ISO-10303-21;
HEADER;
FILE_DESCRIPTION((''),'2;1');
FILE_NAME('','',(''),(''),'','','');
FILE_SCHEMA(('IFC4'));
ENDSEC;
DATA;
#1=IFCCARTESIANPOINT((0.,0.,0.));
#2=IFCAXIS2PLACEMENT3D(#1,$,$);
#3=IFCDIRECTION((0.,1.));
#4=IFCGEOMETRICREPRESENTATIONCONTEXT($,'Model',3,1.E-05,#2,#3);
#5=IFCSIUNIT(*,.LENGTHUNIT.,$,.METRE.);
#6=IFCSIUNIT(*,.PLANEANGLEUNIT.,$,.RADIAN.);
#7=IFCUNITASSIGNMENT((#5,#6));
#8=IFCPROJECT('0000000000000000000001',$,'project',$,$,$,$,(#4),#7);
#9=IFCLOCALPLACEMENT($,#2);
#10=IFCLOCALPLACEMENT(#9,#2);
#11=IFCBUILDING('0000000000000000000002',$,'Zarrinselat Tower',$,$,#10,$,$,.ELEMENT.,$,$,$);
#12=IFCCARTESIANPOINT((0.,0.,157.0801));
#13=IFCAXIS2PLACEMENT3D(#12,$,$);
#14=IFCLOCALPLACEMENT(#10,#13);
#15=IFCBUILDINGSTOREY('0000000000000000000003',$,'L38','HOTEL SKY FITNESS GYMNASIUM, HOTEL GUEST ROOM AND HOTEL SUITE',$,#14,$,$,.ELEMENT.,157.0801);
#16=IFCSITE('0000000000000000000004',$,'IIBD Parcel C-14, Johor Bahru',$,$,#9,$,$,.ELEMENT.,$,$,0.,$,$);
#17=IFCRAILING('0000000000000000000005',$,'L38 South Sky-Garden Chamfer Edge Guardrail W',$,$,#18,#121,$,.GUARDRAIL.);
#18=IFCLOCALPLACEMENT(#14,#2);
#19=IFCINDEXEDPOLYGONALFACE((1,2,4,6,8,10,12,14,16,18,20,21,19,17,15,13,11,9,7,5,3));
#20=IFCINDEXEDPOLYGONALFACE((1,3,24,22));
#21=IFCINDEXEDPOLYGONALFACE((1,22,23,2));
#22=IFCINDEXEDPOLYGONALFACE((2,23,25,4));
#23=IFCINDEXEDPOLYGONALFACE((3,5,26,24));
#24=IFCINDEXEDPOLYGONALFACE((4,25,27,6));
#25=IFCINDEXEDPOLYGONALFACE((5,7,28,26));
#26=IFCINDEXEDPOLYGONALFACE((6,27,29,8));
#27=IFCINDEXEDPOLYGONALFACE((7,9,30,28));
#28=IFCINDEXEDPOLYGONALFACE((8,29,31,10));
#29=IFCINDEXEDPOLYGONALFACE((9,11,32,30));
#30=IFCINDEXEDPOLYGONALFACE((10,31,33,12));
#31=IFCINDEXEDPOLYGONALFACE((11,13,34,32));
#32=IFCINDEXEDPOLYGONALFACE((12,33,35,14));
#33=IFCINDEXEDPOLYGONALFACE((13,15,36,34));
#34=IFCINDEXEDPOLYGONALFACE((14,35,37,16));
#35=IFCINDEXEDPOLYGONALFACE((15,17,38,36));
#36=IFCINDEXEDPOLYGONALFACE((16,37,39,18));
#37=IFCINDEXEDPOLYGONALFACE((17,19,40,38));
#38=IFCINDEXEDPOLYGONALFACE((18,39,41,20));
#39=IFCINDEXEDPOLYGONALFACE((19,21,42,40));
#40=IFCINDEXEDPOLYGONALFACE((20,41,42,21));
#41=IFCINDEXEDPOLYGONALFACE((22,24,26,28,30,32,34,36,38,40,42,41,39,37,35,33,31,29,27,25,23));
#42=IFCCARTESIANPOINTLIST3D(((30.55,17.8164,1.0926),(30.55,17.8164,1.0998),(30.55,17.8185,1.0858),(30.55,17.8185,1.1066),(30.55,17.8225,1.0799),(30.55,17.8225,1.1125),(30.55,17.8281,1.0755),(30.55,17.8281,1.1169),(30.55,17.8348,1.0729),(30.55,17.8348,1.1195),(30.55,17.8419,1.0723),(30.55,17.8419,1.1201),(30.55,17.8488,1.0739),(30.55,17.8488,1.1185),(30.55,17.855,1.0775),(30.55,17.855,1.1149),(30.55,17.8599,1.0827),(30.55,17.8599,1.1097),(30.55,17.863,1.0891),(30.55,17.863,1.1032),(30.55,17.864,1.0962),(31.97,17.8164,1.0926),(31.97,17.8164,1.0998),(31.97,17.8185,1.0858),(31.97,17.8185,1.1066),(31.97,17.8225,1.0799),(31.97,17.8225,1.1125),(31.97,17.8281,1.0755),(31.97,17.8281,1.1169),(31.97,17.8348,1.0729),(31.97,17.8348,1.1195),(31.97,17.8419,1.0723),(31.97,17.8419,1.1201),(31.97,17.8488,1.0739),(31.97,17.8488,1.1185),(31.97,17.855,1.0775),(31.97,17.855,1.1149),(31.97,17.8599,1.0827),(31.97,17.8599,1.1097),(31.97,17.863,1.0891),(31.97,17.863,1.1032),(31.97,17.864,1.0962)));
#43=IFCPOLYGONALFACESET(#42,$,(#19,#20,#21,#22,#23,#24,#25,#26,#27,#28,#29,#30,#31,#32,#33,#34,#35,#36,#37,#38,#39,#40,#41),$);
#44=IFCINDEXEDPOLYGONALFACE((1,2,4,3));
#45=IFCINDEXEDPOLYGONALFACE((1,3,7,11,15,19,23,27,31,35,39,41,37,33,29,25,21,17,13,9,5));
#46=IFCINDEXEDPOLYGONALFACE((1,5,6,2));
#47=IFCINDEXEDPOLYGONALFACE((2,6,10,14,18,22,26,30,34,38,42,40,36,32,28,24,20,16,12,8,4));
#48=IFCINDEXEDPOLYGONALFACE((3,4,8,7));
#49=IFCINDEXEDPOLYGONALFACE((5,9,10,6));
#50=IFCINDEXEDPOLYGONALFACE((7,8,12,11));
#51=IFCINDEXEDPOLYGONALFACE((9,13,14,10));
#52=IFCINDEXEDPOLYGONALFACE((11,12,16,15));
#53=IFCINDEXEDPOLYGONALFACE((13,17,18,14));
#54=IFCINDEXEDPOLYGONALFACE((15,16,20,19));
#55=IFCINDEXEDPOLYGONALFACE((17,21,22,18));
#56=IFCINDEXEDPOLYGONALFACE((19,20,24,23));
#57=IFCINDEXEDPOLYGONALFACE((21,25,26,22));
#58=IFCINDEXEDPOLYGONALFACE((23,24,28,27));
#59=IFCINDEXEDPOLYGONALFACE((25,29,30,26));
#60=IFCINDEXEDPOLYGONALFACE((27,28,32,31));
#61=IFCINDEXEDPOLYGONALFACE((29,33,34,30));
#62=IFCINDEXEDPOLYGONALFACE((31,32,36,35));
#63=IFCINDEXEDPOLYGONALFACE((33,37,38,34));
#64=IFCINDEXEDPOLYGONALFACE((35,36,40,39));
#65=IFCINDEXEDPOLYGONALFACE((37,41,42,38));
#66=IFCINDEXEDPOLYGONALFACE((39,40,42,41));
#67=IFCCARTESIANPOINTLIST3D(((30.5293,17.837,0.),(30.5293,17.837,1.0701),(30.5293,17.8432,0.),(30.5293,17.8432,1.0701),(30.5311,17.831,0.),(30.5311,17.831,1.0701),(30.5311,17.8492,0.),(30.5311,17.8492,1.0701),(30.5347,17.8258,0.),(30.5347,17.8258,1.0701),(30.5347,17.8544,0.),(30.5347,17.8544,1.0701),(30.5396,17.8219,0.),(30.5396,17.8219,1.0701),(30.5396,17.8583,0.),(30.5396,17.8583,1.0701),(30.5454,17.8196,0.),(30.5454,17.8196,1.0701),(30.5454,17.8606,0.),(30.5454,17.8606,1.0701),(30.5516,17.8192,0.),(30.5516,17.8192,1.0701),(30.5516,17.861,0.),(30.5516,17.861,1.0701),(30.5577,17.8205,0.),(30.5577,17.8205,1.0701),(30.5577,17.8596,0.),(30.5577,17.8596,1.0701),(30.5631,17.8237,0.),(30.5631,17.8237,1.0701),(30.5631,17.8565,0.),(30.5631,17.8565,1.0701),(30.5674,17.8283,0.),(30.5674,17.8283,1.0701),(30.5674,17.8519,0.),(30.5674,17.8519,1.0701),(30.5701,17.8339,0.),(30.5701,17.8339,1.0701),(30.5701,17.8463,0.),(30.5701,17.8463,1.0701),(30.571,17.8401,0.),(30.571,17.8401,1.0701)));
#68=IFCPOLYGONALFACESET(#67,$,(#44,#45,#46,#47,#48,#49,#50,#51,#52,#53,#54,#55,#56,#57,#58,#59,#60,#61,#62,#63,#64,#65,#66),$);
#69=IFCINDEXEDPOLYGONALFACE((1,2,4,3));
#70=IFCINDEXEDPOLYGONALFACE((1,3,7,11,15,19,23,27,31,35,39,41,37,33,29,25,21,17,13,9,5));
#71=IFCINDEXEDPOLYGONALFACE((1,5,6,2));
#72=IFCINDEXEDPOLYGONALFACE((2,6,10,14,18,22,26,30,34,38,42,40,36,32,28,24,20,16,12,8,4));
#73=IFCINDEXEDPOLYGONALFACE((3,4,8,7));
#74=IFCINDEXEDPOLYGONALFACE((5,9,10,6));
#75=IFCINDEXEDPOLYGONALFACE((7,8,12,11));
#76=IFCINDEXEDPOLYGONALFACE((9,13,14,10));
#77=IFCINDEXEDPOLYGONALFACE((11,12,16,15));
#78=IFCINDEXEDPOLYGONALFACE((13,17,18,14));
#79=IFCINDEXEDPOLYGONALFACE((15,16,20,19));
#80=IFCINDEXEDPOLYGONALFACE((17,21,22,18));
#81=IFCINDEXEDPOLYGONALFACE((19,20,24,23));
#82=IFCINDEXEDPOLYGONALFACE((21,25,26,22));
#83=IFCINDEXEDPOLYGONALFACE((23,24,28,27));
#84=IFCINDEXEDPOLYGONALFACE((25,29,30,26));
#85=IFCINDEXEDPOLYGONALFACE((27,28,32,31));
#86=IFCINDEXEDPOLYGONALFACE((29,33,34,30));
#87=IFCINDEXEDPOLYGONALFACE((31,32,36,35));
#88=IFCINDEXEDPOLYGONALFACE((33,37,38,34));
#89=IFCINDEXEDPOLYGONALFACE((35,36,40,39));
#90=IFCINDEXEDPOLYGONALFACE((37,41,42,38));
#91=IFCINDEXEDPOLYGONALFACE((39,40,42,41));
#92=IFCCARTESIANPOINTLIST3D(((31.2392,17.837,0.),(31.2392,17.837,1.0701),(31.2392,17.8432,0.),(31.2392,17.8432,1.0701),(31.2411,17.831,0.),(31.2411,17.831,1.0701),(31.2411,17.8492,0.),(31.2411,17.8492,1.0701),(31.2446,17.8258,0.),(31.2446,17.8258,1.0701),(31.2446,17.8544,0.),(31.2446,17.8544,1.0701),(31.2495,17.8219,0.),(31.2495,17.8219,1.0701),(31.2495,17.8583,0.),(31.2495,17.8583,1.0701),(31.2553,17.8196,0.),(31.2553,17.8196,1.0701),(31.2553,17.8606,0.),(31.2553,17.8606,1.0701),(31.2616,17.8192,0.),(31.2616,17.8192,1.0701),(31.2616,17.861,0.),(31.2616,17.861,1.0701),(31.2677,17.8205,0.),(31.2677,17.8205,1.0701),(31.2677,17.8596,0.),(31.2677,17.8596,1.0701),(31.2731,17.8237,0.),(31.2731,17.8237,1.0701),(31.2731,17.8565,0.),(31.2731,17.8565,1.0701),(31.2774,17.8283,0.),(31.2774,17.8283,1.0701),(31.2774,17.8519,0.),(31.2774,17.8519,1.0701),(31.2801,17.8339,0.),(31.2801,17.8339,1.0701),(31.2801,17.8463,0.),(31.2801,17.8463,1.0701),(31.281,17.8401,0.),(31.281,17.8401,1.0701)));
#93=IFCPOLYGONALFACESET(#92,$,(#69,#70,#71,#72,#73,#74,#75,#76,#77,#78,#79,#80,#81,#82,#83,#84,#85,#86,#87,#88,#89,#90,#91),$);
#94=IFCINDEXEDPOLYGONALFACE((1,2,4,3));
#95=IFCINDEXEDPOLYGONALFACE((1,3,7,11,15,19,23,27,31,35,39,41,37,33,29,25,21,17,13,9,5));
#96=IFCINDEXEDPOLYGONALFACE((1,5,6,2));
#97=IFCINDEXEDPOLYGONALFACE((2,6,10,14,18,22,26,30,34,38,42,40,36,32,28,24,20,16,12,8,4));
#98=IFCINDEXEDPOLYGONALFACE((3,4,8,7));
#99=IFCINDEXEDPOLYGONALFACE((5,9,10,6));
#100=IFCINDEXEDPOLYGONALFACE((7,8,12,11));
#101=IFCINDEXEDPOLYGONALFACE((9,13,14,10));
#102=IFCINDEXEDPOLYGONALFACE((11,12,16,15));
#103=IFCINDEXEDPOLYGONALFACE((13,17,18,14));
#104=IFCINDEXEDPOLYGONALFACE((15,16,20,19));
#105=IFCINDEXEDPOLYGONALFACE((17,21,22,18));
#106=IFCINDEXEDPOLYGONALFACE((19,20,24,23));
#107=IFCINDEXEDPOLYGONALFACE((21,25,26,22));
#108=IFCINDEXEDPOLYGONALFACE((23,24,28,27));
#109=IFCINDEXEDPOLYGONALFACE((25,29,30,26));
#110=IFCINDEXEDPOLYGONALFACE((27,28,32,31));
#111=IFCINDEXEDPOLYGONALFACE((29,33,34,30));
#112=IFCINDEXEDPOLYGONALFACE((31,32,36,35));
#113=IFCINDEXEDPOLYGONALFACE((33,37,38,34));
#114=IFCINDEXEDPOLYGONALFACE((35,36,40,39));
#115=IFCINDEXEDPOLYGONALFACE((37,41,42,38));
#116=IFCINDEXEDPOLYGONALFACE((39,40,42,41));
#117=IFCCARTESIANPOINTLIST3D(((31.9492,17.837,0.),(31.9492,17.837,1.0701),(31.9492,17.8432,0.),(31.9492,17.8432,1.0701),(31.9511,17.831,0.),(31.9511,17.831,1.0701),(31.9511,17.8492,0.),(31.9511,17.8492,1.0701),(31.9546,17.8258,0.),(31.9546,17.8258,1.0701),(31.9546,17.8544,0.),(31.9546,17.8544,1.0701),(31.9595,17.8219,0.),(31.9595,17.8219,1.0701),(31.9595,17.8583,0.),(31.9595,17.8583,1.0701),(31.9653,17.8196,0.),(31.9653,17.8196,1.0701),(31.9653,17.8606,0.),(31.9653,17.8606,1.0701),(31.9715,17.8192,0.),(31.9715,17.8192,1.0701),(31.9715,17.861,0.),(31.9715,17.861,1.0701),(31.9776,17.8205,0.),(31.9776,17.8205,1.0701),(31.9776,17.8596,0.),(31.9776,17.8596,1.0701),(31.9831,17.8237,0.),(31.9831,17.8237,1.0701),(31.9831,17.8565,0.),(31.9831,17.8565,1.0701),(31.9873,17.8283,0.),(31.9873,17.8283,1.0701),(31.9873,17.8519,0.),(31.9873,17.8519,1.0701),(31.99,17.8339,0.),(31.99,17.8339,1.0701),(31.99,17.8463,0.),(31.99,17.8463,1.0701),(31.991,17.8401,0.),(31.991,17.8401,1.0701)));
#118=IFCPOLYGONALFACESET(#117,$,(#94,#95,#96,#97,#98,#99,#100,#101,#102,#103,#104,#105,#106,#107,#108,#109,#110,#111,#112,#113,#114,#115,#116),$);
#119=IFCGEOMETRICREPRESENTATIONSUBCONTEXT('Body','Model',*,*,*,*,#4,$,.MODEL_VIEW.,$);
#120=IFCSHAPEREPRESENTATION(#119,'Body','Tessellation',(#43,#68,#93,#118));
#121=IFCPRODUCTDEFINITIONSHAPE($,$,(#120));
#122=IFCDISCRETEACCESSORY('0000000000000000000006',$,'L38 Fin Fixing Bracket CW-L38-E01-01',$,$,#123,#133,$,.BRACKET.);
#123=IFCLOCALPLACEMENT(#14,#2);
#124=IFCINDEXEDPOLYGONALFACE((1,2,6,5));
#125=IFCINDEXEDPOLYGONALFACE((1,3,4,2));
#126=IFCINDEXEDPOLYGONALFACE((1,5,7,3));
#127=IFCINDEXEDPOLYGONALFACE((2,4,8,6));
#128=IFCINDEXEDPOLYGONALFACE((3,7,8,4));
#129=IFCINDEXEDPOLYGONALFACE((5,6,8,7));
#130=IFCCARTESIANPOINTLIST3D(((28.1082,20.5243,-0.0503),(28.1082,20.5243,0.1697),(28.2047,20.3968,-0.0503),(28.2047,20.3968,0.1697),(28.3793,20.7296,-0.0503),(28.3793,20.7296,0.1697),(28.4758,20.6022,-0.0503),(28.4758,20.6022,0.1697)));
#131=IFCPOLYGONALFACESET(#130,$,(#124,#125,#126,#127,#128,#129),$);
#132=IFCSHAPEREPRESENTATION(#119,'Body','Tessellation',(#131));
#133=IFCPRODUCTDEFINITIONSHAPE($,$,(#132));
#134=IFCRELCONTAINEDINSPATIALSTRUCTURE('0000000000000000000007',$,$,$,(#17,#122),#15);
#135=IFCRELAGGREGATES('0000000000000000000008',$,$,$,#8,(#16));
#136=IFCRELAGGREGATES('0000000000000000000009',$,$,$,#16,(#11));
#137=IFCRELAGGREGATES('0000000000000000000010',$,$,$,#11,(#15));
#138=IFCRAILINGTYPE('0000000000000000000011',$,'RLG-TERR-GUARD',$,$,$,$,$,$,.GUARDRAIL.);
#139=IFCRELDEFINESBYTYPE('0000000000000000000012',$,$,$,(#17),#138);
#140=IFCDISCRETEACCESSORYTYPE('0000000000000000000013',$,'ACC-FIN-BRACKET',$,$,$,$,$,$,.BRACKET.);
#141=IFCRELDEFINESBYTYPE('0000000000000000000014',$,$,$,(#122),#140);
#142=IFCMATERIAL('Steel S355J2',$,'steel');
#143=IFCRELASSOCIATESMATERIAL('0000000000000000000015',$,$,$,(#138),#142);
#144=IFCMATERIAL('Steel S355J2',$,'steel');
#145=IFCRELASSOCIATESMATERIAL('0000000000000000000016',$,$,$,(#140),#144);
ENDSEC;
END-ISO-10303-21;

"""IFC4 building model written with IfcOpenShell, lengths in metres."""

from ifc_helpers import new_model, si_unit, direction, frame, origin, origin_2d, place, context, subcontext, project, spatial, rectangle, circle, extrude, material, type_object, element, save


model = new_model("IFC4")

# Units and contexts
model_context = context("Model", 3, precision=1e-05, world=origin(), true_north=direction((0.0, 1.0)))
body_context = subcontext(model_context, "Body", "Model", "MODEL_VIEW")
ifc_project = project(units=[si_unit("LENGTHUNIT", "METRE"), si_unit("PLANEANGLEUNIT", "RADIAN")], contexts=[model_context])

# Site, building, storey
site_placement = place(None, origin())
site = spatial("IfcSite", under=ifc_project, at=site_placement, Name="IIBD Parcel C-14, Johor Bahru", CompositionType="ELEMENT", RefElevation=0.0)
building_placement = place(site_placement, origin())
building = spatial("IfcBuilding", under=site, at=building_placement, Name="Zarrinselat Tower", CompositionType="ELEMENT")
storey_placement = place(building_placement, frame((0.0, 0.0, 157.0801)))
storey = spatial("IfcBuildingStorey", under=building, at=storey_placement, Name="L38", Description="HOTEL SKY FITNESS GYMNASIUM, HOTEL GUEST ROOM AND HOTEL SUITE", CompositionType="ELEMENT", Elevation=157.0801)

# Railing
ifc_material_1 = material(Name="Steel S355J2", Category="steel")
railing_type_1 = type_object("IfcRailingType", Name="RLG-TERR-GUARD", PredefinedType="GUARDRAIL", material=ifc_material_1)
railing_1_placement = place(storey_placement, frame((30.55, 17.8401, 0.0)))
element("IfcRailing", 1, at=railing_1_placement, inside=storey, type_object=railing_type_1, Name="L38 South Sky-Garden Chamfer Edge Guardrail W", PredefinedType="GUARDRAIL", context=body_context, shape_type="SweptSolid", body=[
    extrude(circle(Radius=0.0239, at=origin_2d()), frame((0.0, 0.0, 1.0962), z_axis=(1.0, 0.0, 0.0), x_axis=(0.0, 1.0, 0.0)), (0.0, 0.0, 1.0), 1.4199),
    extrude(circle(Radius=0.021, at=origin_2d()), origin(), (0.0, 0.0, 1.0), 1.0701),
    extrude(circle(Radius=0.021, at=origin_2d()), frame((0.71, 0.0, 0.0)), (0.0, 0.0, 1.0), 1.0701),
    extrude(circle(Radius=0.021, at=origin_2d()), frame((1.4199, 0.0, 0.0)), (0.0, 0.0, 1.0), 1.0701),
])

# Discrete accessory
ifc_material_2 = material(Name="Steel S355J2", Category="steel")
discrete_accessory_type = type_object("IfcDiscreteAccessoryType", Name="ACC-FIN-BRACKET", PredefinedType="BRACKET", material=ifc_material_2)
discrete_accessory_placement = place(storey_placement, frame((28.292, 20.5632, -0.0503), z_axis=(0.0, 0.0, 1.0), x_axis=(-0.797092, -0.603858, 0.0)))
element("IfcDiscreteAccessory", 2, at=discrete_accessory_placement, inside=storey, type_object=discrete_accessory_type, Name="L38 Fin Fixing Bracket CW-L38-E01-01", PredefinedType="BRACKET", context=body_context, shape_type="SweptSolid", body=[
    extrude(rectangle(XDim=0.3401, YDim=0.1599, at=origin_2d()), origin(), (0.0, 0.0, 1.0), 0.22),
])

save(model, "model.ifc")
